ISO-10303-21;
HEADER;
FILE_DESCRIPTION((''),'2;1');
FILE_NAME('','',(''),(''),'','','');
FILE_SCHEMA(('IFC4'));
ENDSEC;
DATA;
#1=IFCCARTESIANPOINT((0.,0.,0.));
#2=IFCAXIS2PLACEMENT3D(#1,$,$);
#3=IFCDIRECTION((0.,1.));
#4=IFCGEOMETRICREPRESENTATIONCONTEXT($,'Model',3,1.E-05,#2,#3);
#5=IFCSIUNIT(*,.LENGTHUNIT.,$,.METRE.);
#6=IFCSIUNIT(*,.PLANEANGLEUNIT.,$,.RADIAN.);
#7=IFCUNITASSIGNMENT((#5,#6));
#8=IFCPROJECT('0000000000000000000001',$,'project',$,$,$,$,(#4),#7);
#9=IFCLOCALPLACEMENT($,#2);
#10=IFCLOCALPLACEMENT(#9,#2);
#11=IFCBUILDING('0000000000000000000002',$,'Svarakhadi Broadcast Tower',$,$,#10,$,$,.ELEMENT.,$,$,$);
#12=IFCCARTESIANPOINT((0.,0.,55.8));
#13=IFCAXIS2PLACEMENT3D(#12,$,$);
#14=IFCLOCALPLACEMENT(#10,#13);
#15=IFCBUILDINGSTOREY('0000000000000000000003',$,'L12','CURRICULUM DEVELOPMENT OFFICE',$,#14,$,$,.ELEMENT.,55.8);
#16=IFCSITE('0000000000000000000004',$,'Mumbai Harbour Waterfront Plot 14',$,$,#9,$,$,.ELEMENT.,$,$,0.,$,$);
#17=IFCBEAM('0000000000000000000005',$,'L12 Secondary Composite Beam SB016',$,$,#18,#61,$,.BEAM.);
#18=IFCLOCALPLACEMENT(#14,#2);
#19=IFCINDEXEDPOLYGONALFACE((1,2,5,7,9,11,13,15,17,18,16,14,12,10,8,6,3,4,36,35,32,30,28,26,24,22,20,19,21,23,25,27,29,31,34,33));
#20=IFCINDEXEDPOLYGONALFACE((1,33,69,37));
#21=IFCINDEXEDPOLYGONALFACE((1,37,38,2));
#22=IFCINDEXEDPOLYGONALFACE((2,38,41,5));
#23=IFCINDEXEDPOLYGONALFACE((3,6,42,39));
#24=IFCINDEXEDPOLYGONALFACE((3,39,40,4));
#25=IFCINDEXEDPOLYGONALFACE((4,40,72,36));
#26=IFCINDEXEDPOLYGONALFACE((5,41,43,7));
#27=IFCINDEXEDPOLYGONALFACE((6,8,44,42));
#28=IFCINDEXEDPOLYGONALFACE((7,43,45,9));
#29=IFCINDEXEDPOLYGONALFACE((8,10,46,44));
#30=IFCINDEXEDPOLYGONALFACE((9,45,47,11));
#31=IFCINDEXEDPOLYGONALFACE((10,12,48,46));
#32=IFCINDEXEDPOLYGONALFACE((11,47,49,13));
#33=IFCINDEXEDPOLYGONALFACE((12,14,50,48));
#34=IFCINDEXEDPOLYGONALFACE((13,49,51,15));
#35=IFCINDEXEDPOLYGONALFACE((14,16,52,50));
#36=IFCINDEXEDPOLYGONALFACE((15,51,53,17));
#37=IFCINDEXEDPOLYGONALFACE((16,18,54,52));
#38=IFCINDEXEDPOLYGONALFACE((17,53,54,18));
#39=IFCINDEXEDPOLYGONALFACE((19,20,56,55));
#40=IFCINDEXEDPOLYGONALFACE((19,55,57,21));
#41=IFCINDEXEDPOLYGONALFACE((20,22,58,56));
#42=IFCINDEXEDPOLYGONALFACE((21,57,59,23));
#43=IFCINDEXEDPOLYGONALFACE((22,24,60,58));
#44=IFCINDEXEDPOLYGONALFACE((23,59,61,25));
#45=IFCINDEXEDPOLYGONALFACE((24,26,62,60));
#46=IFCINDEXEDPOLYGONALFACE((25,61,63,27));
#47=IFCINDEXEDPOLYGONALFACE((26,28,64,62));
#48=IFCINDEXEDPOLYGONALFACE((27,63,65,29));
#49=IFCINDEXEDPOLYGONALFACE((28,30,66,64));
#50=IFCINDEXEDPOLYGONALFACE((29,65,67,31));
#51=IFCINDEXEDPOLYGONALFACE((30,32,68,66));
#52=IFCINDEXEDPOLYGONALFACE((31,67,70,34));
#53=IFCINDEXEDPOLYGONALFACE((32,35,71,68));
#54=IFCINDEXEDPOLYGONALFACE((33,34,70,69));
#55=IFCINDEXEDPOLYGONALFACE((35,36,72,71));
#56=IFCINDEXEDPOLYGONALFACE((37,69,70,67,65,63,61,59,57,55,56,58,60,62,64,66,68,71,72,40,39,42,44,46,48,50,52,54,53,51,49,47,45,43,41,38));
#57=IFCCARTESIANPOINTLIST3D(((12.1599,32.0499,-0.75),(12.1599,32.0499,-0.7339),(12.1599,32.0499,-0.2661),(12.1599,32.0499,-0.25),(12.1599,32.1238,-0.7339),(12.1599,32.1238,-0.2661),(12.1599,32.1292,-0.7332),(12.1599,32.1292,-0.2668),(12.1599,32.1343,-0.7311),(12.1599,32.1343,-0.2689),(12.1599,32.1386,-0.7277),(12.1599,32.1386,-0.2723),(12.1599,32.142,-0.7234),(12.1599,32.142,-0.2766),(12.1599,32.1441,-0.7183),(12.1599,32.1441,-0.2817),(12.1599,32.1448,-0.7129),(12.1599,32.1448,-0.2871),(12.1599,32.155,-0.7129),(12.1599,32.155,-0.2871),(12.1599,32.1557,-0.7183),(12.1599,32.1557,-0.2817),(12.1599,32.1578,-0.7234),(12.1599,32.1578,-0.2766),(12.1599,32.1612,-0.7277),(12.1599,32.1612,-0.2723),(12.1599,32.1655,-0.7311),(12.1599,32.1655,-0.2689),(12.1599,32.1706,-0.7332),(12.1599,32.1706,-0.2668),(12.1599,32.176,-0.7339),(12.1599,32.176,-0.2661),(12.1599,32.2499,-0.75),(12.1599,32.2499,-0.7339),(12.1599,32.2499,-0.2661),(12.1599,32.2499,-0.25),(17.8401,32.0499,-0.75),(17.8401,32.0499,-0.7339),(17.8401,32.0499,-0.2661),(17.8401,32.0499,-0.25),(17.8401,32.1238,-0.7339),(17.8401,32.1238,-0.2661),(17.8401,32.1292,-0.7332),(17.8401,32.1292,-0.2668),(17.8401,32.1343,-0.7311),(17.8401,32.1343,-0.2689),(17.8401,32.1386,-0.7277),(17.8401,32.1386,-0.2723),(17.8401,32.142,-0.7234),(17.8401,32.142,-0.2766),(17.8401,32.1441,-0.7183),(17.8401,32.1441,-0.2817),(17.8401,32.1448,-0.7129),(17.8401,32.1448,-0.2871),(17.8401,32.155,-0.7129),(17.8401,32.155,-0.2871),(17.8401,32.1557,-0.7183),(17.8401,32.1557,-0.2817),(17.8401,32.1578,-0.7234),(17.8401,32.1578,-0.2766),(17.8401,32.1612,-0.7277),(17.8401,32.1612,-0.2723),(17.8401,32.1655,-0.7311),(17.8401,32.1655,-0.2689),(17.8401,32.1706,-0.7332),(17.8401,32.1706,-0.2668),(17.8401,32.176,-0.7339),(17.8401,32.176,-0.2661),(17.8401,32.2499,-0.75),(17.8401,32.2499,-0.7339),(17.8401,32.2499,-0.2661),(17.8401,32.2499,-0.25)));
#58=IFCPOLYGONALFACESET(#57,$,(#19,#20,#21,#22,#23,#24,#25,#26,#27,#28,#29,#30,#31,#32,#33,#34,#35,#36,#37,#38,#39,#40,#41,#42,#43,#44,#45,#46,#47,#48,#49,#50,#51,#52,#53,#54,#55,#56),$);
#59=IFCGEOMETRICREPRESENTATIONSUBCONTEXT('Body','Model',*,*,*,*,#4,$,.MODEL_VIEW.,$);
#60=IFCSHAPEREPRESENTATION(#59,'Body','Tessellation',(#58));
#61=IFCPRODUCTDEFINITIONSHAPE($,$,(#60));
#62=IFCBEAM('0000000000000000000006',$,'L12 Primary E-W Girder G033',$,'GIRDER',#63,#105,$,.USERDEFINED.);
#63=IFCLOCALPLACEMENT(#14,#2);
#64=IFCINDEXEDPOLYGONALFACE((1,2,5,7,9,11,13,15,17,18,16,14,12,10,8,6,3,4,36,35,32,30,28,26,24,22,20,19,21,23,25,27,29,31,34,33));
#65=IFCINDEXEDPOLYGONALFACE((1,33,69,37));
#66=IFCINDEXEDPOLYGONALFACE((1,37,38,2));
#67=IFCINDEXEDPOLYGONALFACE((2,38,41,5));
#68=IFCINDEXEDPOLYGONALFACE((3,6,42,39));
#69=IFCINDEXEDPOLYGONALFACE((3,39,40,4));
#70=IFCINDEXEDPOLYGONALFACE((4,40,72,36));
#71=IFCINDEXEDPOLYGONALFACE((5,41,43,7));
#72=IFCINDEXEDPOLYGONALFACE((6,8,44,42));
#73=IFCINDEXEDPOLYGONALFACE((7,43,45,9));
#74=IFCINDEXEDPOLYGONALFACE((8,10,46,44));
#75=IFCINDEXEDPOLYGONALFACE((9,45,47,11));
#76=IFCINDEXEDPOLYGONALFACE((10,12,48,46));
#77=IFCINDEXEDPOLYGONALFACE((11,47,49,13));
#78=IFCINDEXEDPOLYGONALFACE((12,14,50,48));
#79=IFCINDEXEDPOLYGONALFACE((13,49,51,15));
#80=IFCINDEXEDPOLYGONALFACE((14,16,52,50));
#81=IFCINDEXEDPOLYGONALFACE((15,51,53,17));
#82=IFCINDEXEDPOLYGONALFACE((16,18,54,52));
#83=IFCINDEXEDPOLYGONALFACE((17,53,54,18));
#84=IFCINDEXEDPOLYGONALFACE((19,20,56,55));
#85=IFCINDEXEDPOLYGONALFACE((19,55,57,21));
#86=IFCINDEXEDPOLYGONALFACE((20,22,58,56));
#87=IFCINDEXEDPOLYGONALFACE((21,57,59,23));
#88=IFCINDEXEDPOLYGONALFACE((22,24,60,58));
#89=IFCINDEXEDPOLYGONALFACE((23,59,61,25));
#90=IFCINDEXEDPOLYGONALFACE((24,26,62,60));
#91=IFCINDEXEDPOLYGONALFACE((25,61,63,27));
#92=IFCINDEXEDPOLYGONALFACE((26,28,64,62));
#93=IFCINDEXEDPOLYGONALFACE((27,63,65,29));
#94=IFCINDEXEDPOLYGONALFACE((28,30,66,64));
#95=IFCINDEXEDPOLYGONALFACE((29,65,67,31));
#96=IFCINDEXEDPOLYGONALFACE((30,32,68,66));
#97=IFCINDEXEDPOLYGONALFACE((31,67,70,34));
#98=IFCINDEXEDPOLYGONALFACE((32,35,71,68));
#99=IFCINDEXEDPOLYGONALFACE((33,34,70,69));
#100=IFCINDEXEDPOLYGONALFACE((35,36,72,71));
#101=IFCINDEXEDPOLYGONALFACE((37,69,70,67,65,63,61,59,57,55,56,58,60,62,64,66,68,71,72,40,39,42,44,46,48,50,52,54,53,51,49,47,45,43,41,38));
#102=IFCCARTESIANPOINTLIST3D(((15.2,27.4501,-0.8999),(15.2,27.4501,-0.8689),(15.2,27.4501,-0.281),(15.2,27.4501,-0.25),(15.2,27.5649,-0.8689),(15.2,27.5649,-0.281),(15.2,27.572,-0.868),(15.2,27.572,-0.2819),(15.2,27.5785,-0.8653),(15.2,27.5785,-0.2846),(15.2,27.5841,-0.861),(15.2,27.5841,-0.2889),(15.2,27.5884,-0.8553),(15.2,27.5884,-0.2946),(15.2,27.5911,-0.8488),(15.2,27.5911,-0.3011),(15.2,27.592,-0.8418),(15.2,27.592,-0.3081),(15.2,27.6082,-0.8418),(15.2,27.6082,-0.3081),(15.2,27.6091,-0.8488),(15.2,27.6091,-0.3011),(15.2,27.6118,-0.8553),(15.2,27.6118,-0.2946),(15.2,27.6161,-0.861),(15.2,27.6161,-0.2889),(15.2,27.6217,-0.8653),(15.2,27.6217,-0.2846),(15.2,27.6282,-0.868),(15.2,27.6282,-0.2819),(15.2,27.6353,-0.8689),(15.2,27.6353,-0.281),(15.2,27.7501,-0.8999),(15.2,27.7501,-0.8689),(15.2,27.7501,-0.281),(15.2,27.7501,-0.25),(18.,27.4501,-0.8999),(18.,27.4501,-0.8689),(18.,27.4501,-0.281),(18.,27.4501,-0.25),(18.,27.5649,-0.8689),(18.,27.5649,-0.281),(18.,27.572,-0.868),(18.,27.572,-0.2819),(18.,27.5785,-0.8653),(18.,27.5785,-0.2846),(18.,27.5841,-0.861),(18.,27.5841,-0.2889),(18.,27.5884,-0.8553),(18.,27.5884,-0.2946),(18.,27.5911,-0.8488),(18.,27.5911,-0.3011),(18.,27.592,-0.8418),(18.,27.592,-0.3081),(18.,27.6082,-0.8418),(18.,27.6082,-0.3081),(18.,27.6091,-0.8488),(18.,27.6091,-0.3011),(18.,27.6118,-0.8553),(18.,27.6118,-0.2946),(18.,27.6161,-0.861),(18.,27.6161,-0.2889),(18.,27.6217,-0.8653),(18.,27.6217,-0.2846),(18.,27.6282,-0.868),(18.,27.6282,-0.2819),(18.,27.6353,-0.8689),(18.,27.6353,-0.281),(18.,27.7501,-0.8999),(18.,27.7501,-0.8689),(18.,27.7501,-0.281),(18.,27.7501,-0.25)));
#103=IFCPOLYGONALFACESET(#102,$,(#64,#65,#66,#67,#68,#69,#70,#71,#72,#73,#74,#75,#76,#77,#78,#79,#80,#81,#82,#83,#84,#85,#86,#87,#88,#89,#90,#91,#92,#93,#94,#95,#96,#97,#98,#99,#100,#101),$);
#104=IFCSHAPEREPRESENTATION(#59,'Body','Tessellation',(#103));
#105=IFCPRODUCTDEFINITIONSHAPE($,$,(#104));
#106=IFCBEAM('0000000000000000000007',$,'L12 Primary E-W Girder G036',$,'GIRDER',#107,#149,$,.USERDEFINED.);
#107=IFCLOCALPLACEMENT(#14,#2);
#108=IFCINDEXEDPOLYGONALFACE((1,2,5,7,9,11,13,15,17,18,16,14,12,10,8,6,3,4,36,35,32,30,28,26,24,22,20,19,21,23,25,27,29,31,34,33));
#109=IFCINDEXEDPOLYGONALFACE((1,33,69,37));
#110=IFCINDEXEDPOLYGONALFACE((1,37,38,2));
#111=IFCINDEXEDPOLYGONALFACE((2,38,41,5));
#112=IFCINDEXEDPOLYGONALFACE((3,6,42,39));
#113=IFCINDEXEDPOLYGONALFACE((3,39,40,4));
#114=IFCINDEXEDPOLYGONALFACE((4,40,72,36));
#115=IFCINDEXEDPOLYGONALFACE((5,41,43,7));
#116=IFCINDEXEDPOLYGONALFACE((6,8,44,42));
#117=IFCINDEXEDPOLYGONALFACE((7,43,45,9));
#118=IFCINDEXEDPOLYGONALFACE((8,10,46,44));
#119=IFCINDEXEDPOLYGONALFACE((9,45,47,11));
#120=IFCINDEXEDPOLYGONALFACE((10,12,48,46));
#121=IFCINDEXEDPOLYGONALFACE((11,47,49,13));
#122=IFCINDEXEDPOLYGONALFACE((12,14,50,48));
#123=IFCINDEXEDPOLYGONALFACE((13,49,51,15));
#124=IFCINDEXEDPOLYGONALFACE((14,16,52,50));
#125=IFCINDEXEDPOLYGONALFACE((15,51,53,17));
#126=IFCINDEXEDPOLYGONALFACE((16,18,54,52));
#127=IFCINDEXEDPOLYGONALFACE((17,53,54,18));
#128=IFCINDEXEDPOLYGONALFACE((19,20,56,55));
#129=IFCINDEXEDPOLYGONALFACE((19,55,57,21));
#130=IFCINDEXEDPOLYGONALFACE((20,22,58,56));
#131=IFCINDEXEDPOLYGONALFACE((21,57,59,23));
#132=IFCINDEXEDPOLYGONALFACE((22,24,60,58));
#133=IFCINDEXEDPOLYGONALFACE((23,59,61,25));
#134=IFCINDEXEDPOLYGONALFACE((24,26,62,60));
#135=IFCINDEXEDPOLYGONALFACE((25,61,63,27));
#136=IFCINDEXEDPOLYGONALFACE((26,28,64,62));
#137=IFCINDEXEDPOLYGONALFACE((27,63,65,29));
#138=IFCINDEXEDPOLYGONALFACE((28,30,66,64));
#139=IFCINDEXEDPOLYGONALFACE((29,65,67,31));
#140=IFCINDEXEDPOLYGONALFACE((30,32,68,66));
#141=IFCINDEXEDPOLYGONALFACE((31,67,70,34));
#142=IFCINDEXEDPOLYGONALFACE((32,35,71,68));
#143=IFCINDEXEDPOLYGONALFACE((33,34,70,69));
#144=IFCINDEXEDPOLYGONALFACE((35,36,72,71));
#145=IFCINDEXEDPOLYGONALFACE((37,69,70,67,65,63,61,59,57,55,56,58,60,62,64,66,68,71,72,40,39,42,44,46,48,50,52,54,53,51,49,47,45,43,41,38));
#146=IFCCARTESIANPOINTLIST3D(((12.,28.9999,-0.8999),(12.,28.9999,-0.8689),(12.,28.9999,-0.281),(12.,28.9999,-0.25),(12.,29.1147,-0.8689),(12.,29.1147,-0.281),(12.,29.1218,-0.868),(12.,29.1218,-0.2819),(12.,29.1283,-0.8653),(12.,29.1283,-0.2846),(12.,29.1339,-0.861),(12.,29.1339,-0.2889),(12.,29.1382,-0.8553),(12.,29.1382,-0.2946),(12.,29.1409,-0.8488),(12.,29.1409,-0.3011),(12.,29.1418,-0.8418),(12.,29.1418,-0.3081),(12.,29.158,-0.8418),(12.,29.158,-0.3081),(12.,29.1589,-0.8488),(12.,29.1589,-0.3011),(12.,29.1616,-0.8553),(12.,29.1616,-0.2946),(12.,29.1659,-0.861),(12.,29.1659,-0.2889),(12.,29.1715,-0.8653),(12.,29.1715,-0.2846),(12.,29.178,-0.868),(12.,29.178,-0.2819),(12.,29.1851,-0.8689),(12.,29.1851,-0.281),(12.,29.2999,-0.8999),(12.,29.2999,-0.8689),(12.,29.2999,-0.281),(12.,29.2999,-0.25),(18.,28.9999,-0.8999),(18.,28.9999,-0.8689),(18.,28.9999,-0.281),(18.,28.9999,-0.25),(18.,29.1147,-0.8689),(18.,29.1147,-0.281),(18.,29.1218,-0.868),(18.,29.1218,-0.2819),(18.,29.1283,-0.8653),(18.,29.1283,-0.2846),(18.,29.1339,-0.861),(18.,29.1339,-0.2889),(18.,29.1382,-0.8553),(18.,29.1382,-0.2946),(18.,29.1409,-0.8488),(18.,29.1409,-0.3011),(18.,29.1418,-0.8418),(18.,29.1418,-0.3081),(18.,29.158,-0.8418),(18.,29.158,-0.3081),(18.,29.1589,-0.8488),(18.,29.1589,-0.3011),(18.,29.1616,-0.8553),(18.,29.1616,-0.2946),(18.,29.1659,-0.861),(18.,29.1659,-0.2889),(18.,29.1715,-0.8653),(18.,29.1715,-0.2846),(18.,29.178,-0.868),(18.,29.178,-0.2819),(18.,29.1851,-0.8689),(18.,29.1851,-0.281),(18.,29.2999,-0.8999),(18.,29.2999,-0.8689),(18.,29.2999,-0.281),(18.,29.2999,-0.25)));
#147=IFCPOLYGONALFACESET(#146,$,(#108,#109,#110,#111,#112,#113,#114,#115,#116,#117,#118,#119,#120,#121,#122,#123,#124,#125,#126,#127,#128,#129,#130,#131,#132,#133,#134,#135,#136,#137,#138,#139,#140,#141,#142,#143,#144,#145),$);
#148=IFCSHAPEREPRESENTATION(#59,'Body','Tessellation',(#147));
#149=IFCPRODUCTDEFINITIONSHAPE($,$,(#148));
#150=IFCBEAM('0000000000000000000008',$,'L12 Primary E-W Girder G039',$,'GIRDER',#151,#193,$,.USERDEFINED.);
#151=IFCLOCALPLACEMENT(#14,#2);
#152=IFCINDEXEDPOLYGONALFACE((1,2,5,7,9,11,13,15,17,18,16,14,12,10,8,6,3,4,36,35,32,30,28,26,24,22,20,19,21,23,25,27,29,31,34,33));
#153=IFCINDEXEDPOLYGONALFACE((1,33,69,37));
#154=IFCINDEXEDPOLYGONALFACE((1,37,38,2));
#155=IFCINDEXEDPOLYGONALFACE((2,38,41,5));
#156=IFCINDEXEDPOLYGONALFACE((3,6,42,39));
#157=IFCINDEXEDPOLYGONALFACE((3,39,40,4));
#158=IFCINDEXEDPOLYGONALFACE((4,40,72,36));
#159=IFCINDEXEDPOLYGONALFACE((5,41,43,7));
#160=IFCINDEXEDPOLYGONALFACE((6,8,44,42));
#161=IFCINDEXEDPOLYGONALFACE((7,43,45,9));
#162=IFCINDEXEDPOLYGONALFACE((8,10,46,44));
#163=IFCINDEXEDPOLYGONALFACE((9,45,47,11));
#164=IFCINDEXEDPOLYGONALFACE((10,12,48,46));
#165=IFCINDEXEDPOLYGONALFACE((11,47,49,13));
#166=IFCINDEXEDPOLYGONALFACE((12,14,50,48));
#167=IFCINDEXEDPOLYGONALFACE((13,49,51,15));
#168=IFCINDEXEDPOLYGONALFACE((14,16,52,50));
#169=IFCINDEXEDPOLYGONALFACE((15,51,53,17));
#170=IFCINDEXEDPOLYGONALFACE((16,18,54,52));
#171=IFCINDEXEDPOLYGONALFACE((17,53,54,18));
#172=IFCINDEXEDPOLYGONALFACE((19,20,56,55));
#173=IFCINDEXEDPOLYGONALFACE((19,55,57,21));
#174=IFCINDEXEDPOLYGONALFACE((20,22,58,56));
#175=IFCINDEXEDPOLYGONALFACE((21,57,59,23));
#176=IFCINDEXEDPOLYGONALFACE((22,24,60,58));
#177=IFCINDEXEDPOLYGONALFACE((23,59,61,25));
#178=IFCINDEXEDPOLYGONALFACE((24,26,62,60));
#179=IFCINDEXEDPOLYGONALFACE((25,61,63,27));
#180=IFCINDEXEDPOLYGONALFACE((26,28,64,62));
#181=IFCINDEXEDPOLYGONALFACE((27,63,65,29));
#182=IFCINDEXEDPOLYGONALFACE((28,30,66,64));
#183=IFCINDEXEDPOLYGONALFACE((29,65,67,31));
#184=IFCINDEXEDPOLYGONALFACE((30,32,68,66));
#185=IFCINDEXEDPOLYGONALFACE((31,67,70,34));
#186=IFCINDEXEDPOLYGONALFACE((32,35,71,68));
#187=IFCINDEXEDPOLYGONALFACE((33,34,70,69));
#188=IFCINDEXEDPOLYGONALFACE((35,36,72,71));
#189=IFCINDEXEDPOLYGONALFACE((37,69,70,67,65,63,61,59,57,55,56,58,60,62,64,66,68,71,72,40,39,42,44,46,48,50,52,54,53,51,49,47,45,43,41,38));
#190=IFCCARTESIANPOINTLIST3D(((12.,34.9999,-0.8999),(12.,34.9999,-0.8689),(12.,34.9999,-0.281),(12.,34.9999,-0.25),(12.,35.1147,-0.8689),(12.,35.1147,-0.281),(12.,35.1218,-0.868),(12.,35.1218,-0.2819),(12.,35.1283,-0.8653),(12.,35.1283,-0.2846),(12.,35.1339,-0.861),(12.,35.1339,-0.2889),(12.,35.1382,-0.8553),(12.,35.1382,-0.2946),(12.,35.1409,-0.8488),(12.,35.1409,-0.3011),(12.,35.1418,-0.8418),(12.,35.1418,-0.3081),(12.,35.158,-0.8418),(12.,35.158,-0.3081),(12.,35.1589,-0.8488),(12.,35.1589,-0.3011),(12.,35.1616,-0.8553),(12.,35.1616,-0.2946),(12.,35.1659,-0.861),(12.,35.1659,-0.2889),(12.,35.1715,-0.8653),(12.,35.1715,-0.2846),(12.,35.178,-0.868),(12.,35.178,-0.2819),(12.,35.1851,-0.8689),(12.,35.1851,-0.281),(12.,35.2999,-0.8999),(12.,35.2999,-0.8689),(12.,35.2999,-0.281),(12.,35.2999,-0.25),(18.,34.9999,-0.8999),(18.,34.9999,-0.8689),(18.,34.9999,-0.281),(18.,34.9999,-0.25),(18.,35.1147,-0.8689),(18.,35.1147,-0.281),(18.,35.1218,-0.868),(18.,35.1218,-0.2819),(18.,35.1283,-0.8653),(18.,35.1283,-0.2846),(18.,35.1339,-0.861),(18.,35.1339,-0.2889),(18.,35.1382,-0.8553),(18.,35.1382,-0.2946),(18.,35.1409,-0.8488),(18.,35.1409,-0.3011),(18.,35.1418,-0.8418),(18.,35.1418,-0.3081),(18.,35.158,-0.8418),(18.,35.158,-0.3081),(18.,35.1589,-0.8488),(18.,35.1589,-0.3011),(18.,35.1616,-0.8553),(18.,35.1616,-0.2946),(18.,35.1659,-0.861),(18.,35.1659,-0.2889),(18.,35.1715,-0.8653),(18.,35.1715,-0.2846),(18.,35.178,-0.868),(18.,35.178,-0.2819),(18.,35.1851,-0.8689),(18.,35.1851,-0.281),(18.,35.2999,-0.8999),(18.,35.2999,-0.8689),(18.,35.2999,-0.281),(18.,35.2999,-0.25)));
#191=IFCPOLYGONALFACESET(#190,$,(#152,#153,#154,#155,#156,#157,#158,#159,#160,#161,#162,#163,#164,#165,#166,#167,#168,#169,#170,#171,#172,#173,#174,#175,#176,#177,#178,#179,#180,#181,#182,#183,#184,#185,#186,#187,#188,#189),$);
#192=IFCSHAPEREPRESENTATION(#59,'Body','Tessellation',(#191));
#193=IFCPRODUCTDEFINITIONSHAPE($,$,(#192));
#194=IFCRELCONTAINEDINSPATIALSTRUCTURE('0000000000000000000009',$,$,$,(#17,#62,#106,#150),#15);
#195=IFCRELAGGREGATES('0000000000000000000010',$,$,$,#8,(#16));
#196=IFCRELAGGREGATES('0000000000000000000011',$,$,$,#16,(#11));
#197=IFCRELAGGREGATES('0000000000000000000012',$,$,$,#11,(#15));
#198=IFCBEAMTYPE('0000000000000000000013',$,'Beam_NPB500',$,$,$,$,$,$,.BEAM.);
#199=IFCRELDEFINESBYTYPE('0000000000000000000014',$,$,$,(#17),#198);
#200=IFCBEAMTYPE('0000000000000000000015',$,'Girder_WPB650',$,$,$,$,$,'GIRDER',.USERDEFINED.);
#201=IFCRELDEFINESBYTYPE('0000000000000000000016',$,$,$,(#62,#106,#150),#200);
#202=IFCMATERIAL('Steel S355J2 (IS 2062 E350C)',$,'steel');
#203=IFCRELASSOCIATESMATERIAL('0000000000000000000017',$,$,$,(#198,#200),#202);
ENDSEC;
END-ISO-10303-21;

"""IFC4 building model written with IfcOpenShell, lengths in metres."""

from ifc_helpers import new_model, si_unit, direction, frame, origin, origin_2d, place, context, subcontext, project, spatial, i_section, extrude, material, material_profile, profile_set, type_object, element, save


model = new_model("IFC4")

# Units and contexts
model_context = context("Model", 3, precision=1e-05, world=origin(), true_north=direction((0.0, 1.0)))
body_context = subcontext(model_context, "Body", "Model", "MODEL_VIEW")
ifc_project = project(units=[si_unit("LENGTHUNIT", "METRE"), si_unit("PLANEANGLEUNIT", "RADIAN")], contexts=[model_context])

# Site, building, storey
site_placement = place(None, origin())
site = spatial("IfcSite", under=ifc_project, at=site_placement, Name="Mumbai Harbour Waterfront Plot 14", CompositionType="ELEMENT", RefElevation=0.0)
building_placement = place(site_placement, origin())
building = spatial("IfcBuilding", under=site, at=building_placement, Name="Svarakhadi Broadcast Tower", CompositionType="ELEMENT")
storey_placement = place(building_placement, frame((0.0, 0.0, 55.8)))
storey = spatial("IfcBuildingStorey", under=building, at=storey_placement, Name="L12", Description="CURRICULUM DEVELOPMENT OFFICE", CompositionType="ELEMENT", Elevation=55.8)

# Beams
ifc_material_1 = material(Name="Steel S355J2 (IS 2062 E350C)", Category="steel")
ifc_material_profile_1 = material_profile(ifc_material_1, i_section(OverallWidth=0.2, OverallDepth=0.5, WebThickness=0.0103, FlangeThickness=0.0161, FilletRadius=0.021, at=origin_2d()), Name="NPB 500x200x91")
ifc_profile_set_1 = profile_set([ifc_material_profile_1], Name="Steel S355J2 (IS 2062 E350C)")
beam_type_1 = type_object("IfcBeamType", Name="Beam_NPB500", PredefinedType="BEAM", material=ifc_profile_set_1)
beam_1_placement = place(storey_placement, frame((12.1599, 32.1499, -0.5), z_axis=(1.0, 0.0, 0.0), x_axis=(0.0, 1.0, 0.0)))
element("IfcBeam", 1, at=beam_1_placement, inside=storey, type_object=beam_type_1, Name="L12 Secondary Composite Beam SB016", PredefinedType="BEAM", context=body_context, shape_type="SweptSolid", body=[
    extrude(i_section(OverallWidth=0.2, OverallDepth=0.5, WebThickness=0.0103, FlangeThickness=0.0161, FilletRadius=0.021, at=origin_2d()), origin(), (0.0, 0.0, 1.0), 5.6802),
])
ifc_material_profile_2 = material_profile(ifc_material_1, i_section(OverallWidth=0.3, OverallDepth=0.6499, WebThickness=0.0161, FlangeThickness=0.031, FilletRadius=0.0271, at=origin_2d()), Name="WPB 650x300x225")
ifc_profile_set_2 = profile_set([ifc_material_profile_2], Name="Steel S355J2 (IS 2062 E350C)")
beam_type_2 = type_object("IfcBeamType", Name="Girder_WPB650", ElementType="GIRDER", PredefinedType="USERDEFINED", material=ifc_profile_set_2)
beam_2_placement = place(storey_placement, frame((15.2, 27.6001, -0.575), z_axis=(1.0, 0.0, 0.0), x_axis=(0.0, 1.0, 0.0)))
element("IfcBeam", 2, at=beam_2_placement, inside=storey, type_object=beam_type_2, Name="L12 Primary E-W Girder G033", ObjectType="GIRDER", PredefinedType="USERDEFINED", context=body_context, shape_type="SweptSolid", body=[
    extrude(i_section(OverallWidth=0.3, OverallDepth=0.6499, WebThickness=0.0161, FlangeThickness=0.031, FilletRadius=0.0271, at=origin_2d()), origin(), (0.0, 0.0, 1.0), 2.8),
])
for number, where, z_axis, x_axis, name in (
    (3, (12.0, 29.1499, -0.575), (1.0, 0.0, 0.0), (0.0, 1.0, 0.0), "L12 Primary E-W Girder G036"),
    (4, (12.0, 35.1499, -0.575), (1.0, 0.0, 0.0), (0.0, 1.0, 0.0), "L12 Primary E-W Girder G039"),
):
    element("IfcBeam", number, at=place(storey_placement, frame(where, z_axis=z_axis, x_axis=x_axis)), inside=storey, type_object=beam_type_2, Name=name, ObjectType="GIRDER", PredefinedType="USERDEFINED", context=body_context, shape_type="SweptSolid", body=[
        extrude(i_section(OverallWidth=0.3, OverallDepth=0.6499, WebThickness=0.0161, FlangeThickness=0.031, FilletRadius=0.0271, at=origin_2d()), origin(), (0.0, 0.0, 1.0), 6.0),
    ])

save(model, "model.ifc")
